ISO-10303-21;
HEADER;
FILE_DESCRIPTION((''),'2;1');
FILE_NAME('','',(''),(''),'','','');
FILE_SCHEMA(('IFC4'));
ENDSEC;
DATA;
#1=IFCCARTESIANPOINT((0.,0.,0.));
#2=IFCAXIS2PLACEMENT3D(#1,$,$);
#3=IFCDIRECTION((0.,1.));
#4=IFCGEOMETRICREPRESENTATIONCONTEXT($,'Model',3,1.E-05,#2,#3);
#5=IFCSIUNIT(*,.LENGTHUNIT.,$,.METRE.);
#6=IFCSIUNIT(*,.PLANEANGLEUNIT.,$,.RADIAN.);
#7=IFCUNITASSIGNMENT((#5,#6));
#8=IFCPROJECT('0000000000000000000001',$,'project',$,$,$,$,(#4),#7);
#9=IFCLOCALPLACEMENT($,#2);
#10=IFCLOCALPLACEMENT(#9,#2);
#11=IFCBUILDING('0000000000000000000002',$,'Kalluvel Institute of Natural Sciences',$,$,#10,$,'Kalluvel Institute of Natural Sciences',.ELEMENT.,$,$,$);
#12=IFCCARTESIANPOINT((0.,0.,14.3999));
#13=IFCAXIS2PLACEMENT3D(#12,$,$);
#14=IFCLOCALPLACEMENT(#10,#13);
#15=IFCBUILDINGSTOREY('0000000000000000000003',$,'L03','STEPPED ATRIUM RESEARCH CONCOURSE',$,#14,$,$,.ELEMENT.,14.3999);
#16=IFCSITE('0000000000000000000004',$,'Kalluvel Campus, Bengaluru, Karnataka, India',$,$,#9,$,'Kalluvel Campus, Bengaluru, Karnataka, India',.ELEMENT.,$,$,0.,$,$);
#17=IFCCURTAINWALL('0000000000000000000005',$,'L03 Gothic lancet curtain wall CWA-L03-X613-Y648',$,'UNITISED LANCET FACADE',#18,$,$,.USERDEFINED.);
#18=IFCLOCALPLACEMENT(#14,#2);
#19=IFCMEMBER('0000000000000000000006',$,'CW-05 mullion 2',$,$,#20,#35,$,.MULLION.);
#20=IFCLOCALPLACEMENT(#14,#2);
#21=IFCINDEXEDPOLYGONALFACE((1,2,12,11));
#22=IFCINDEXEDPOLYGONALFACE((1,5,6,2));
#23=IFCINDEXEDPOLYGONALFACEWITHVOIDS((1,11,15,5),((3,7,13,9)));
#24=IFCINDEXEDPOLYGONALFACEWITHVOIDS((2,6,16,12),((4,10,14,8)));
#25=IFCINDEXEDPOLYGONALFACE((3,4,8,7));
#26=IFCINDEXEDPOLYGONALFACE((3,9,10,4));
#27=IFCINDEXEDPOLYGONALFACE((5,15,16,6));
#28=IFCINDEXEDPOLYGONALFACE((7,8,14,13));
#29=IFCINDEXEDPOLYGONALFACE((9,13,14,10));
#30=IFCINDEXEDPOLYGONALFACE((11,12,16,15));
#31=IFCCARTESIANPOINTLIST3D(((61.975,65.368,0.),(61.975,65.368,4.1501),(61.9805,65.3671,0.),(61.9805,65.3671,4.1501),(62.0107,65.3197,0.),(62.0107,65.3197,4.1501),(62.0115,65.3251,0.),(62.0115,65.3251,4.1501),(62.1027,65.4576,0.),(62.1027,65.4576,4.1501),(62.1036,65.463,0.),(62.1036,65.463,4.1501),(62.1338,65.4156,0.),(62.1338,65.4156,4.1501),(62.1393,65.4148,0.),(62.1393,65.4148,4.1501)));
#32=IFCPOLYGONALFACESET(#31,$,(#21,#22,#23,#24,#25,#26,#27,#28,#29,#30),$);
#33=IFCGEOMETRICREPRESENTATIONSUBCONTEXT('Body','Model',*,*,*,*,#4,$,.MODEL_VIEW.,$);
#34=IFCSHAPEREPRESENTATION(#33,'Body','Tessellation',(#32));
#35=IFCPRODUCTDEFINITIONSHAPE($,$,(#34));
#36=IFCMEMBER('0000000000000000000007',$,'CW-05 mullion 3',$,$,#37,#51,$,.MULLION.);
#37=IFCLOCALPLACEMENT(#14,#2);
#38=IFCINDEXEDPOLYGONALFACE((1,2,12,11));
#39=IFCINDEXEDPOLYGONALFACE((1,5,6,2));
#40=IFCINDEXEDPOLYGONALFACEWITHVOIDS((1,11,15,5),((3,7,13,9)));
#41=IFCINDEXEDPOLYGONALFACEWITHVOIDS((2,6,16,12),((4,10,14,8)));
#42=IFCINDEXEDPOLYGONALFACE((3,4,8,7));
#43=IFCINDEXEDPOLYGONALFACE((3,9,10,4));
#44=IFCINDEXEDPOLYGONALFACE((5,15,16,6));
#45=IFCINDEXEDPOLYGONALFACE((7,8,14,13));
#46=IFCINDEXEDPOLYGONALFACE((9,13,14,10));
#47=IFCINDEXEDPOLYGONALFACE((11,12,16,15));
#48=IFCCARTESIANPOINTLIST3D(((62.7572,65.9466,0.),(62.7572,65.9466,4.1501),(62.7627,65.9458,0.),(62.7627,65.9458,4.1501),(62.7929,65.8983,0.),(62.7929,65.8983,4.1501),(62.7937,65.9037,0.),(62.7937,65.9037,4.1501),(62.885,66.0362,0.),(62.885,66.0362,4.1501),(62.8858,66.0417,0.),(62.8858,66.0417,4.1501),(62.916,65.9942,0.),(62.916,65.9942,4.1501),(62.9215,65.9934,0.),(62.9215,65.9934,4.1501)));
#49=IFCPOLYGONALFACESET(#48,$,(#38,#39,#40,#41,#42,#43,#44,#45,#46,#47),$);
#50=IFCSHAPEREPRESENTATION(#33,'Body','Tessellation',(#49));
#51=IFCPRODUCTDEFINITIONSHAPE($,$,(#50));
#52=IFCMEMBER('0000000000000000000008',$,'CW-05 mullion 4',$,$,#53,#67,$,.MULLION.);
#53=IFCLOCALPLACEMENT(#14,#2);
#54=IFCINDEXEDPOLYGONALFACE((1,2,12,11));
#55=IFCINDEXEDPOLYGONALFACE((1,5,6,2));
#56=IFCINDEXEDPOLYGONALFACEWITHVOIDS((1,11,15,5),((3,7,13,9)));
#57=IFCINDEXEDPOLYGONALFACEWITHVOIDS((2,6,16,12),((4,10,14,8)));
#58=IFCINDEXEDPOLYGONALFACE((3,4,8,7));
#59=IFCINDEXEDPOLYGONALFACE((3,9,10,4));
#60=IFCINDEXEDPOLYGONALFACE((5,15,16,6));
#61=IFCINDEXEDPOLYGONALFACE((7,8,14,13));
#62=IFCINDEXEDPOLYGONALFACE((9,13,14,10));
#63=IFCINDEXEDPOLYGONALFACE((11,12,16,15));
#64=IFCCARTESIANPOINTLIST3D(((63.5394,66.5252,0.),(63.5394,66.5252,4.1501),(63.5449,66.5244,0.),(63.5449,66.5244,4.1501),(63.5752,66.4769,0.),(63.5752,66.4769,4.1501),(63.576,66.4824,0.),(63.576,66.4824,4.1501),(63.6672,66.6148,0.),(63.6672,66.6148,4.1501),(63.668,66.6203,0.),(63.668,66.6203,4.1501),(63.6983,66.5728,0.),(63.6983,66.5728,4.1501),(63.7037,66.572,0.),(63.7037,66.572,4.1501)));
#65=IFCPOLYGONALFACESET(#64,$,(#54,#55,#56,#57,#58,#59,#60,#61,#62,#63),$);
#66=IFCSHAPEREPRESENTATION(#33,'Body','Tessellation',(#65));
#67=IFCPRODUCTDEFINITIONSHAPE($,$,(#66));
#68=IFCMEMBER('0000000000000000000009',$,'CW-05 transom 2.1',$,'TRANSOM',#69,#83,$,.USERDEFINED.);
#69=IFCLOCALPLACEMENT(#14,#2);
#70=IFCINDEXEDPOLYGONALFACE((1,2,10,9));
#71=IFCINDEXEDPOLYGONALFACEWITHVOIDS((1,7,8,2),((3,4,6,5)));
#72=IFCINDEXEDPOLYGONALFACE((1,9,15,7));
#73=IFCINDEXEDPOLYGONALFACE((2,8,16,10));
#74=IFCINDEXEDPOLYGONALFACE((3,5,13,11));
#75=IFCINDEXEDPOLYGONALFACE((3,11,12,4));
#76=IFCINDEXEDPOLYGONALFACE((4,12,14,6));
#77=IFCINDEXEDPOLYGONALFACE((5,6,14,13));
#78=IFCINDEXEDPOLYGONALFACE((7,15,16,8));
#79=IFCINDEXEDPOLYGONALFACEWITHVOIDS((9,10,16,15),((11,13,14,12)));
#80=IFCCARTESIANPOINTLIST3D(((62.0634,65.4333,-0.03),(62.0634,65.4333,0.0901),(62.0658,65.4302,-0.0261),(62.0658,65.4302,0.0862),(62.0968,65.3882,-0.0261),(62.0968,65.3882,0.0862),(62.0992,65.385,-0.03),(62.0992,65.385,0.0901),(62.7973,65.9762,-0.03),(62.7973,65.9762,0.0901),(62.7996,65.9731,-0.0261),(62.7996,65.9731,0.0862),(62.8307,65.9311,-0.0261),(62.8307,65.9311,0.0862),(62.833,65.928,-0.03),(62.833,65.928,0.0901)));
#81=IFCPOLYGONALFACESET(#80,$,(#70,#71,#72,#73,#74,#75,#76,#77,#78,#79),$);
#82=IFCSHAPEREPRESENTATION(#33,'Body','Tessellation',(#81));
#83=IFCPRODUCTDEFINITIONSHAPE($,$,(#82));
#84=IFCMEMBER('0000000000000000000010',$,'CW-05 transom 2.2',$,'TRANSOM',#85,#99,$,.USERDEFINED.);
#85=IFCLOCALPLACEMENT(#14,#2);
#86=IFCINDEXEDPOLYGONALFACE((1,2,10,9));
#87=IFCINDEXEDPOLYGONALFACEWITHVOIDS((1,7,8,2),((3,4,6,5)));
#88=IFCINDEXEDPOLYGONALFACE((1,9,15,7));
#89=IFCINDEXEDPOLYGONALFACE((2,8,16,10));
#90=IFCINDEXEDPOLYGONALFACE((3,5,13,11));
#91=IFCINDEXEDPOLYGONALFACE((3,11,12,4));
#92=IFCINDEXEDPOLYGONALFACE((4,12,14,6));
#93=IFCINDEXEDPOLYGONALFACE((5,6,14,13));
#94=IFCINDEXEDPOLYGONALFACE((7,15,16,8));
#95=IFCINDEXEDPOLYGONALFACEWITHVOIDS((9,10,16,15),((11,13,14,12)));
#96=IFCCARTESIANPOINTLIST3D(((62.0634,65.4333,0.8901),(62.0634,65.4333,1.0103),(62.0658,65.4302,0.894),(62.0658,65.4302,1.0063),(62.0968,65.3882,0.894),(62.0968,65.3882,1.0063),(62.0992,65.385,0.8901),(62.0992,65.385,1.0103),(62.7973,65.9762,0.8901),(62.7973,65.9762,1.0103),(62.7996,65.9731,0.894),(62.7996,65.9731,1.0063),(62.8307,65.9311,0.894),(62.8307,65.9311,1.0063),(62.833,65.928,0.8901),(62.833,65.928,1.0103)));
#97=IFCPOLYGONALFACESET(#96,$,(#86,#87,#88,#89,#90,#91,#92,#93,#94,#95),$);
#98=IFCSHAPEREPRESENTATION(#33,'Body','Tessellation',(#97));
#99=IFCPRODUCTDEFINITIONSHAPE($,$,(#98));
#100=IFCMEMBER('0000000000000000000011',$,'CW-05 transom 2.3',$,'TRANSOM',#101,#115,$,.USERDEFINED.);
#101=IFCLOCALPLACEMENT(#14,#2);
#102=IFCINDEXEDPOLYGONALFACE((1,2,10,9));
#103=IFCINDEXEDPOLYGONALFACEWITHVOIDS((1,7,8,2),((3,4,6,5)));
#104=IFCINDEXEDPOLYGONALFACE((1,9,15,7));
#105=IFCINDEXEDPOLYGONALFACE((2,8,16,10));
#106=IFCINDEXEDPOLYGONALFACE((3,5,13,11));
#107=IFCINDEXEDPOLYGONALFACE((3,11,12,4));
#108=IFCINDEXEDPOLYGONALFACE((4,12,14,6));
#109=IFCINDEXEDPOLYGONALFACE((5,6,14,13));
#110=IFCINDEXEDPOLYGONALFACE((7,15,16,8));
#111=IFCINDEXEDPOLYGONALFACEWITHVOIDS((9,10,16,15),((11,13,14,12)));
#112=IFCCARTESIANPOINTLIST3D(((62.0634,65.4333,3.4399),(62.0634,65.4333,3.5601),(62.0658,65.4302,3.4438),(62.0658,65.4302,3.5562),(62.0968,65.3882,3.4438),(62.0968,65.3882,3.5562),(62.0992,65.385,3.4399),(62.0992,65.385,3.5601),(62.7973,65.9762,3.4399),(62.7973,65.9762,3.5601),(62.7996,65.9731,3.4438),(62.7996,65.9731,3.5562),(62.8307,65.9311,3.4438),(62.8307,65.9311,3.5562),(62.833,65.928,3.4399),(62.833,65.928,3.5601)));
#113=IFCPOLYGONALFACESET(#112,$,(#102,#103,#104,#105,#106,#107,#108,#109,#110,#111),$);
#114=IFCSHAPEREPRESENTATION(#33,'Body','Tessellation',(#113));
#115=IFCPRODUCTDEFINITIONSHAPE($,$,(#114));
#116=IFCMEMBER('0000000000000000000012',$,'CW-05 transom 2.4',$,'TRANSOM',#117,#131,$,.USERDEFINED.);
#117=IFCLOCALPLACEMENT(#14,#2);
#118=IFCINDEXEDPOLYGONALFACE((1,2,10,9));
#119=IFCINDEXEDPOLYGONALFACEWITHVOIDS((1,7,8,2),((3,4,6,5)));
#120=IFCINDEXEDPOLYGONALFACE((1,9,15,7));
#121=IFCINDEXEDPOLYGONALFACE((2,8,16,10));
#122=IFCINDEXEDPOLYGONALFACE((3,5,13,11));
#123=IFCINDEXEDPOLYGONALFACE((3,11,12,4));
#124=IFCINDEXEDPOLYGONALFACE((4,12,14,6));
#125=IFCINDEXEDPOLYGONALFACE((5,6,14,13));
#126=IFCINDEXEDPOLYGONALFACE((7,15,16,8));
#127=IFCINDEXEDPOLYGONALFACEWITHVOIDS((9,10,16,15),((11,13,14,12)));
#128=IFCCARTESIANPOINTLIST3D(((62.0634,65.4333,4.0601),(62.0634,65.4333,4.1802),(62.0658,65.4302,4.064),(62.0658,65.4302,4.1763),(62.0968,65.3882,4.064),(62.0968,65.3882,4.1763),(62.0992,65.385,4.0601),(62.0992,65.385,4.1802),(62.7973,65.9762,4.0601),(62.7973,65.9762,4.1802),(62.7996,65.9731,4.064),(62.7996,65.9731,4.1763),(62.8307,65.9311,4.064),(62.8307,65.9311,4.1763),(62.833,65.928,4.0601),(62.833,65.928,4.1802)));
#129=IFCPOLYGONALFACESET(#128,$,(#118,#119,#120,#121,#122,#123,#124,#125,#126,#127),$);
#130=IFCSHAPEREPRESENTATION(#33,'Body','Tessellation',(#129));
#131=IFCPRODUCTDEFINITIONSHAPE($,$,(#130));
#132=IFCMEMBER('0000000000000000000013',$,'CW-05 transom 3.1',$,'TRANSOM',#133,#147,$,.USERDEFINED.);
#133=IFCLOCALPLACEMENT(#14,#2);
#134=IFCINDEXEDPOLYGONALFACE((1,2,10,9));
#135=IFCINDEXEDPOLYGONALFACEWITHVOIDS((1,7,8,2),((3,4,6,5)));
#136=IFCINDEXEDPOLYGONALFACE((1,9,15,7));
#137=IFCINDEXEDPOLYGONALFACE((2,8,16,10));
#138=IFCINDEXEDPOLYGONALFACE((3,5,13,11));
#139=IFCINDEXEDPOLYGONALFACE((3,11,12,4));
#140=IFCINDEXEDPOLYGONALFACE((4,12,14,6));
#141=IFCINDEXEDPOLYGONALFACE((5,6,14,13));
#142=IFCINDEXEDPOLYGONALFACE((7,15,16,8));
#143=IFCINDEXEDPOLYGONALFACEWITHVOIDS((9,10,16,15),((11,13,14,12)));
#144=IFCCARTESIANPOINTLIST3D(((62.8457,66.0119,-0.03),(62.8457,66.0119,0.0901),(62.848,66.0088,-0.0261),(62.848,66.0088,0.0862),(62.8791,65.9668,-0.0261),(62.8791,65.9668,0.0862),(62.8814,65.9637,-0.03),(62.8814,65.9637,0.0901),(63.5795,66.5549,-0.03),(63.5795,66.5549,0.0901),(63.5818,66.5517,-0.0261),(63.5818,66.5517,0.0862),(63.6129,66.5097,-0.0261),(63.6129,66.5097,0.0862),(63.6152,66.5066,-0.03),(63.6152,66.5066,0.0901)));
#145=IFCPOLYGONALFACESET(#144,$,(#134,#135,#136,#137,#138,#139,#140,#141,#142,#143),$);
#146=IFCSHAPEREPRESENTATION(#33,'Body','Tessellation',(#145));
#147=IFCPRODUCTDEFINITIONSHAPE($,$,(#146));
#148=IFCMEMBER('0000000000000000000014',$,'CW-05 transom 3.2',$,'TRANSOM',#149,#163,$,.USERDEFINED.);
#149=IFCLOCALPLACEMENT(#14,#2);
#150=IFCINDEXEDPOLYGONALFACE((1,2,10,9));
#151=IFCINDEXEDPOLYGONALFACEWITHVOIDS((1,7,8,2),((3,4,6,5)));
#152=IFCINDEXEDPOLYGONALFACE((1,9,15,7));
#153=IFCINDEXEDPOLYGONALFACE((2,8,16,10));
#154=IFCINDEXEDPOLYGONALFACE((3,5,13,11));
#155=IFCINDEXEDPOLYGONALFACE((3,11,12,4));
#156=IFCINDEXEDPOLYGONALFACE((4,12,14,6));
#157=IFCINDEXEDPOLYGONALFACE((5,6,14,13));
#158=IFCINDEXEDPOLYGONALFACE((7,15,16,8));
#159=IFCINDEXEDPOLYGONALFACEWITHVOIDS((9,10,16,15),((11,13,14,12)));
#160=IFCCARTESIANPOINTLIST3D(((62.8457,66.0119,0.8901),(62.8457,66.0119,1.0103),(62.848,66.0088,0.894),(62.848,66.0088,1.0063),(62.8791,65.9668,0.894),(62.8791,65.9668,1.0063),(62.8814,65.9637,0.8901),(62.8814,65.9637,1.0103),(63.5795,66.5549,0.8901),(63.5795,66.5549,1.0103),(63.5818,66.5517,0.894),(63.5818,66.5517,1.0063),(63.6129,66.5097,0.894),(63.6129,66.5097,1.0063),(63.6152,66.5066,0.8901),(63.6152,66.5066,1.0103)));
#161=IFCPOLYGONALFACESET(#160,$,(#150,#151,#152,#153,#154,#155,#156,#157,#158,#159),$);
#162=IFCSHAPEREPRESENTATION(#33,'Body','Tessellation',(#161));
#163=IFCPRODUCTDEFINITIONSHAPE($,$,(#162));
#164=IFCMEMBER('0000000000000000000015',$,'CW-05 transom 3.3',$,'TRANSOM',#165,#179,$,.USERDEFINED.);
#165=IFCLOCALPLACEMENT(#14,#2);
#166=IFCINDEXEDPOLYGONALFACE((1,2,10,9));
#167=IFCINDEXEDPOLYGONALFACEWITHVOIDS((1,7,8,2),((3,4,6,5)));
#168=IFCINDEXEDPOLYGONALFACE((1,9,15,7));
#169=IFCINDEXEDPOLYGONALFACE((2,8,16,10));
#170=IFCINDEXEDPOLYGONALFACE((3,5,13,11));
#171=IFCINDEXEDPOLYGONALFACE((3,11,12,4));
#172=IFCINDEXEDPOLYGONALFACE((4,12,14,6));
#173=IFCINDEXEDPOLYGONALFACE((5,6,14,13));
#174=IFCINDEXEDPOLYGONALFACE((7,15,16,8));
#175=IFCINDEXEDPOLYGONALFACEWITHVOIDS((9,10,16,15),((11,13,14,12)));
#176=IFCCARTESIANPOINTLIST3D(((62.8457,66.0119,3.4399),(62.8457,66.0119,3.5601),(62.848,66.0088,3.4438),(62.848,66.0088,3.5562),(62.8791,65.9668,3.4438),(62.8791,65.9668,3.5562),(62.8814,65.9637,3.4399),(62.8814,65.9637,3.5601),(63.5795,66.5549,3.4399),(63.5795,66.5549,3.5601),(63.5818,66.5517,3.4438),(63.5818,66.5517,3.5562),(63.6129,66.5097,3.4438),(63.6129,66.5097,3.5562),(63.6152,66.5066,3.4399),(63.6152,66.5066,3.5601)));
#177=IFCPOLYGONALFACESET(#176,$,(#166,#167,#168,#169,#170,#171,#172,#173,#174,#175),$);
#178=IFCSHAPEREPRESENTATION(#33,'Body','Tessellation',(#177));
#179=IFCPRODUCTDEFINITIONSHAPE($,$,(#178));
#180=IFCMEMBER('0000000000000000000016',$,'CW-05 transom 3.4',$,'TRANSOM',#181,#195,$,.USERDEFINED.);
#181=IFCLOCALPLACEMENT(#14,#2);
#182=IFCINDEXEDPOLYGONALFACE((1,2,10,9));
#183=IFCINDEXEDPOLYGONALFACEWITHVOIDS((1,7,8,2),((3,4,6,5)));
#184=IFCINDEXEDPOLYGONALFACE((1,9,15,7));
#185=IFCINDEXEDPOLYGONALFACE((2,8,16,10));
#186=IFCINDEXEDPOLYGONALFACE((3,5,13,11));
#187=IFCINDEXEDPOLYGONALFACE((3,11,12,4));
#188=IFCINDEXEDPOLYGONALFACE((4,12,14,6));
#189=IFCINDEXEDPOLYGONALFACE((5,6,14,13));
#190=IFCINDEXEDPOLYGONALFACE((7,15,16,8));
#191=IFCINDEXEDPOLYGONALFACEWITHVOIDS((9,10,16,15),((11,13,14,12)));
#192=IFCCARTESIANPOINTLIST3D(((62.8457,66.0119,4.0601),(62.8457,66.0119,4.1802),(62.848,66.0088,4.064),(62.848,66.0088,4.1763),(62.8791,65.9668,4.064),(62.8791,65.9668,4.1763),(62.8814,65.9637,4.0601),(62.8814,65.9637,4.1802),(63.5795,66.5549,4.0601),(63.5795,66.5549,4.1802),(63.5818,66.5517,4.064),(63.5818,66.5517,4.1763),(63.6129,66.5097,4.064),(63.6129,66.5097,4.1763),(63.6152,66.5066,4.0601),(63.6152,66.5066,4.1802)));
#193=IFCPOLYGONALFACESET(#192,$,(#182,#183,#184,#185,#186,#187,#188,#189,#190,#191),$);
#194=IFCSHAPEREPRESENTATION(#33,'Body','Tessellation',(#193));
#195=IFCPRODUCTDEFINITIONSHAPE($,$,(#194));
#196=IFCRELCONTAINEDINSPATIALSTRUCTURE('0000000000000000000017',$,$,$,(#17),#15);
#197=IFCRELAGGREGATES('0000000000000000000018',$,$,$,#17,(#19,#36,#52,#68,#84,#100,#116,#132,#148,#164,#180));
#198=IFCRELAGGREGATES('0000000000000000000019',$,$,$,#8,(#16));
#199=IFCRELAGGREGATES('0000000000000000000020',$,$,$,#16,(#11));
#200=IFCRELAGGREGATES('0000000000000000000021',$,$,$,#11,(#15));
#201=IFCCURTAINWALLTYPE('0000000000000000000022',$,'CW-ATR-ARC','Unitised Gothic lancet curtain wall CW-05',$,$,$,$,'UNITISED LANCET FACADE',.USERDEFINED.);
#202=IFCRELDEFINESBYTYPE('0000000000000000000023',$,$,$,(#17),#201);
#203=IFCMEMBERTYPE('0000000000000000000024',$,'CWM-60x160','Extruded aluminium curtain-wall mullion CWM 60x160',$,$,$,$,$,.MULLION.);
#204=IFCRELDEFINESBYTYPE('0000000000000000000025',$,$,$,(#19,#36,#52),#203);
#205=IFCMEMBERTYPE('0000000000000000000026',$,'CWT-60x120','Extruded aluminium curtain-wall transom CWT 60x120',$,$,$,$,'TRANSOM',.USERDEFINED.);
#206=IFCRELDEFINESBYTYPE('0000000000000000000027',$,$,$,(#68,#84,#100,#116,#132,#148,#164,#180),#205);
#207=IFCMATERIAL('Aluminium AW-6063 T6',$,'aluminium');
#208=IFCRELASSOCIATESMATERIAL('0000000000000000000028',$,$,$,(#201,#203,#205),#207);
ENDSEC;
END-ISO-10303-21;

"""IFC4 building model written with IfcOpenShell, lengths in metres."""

from ifc_helpers import new_model, si_unit, direction, frame, origin, origin_2d, place, context, subcontext, project, spatial, hollow_rectangle, extrude, material, material_profile, profile_set, type_object, element, aggregate, save


model = new_model("IFC4")

# Units and contexts
model_context = context("Model", 3, precision=1e-05, world=origin(), true_north=direction((0.0, 1.0)))
body_context = subcontext(model_context, "Body", "Model", "MODEL_VIEW")
ifc_project = project(units=[si_unit("LENGTHUNIT", "METRE"), si_unit("PLANEANGLEUNIT", "RADIAN")], contexts=[model_context])

# Site, building, storey
site_placement = place(None, origin())
site = spatial("IfcSite", under=ifc_project, at=site_placement, Name="Kalluvel Campus, Bengaluru, Karnataka, India", LongName="Kalluvel Campus, Bengaluru, Karnataka, India", CompositionType="ELEMENT", RefElevation=0.0)
building_placement = place(site_placement, origin())
building = spatial("IfcBuilding", under=site, at=building_placement, Name="Kalluvel Institute of Natural Sciences", LongName="Kalluvel Institute of Natural Sciences", CompositionType="ELEMENT")
storey_placement = place(building_placement, frame((0.0, 0.0, 14.3999)))
storey = spatial("IfcBuildingStorey", under=building, at=storey_placement, Name="L03", Description="STEPPED ATRIUM RESEARCH CONCOURSE", CompositionType="ELEMENT", Elevation=14.3999)

# Curtain wall, members
ifc_material_1 = material(Name="Aluminium AW-6063 T6", Category="aluminium")
curtain_wall_type = type_object("IfcCurtainWallType", Name="CW-ATR-ARC", Description="Unitised Gothic lancet curtain wall CW-05", ElementType="UNITISED LANCET FACADE", PredefinedType="USERDEFINED", material=ifc_material_1)
curtain_wall_placement = place(storey_placement, origin())
curtain_wall = element("IfcCurtainWall", 1, at=curtain_wall_placement, inside=storey, type_object=curtain_wall_type, Name="L03 Gothic lancet curtain wall CWA-L03-X613-Y648", ObjectType="UNITISED LANCET FACADE", PredefinedType="USERDEFINED")
ifc_material_profile_1 = material_profile(ifc_material_1, hollow_rectangle(XDim=0.0601, YDim=0.1599, WallThickness=0.0039, at=origin_2d()), Name="CWM 60x160")
ifc_profile_set_1 = profile_set([ifc_material_profile_1], Name="Aluminium AW-6063 T6")
member_type_1 = type_object("IfcMemberType", Name="CWM-60x160", Description="Extruded aluminium curtain-wall mullion CWM 60x160", PredefinedType="MULLION", material=ifc_profile_set_1)
member_1_placement = place(storey_placement, frame((62.0571, 65.3914, 0.0), z_axis=(0.0, 0.0, 1.0), x_axis=(-0.594638, 0.803993, 0.0)))
member_1 = element("IfcMember", 2, at=member_1_placement, type_object=member_type_1, Name="CW-05 mullion 2", PredefinedType="MULLION", context=body_context, shape_type="SweptSolid", body=[
    extrude(hollow_rectangle(XDim=0.0601, YDim=0.1599, WallThickness=0.0039, at=origin_2d()), origin(), (0.0, 0.0, 1.0), 4.1501),
])
member_2_placement = place(storey_placement, frame((62.8394, 65.97, 0.0), z_axis=(0.0, 0.0, 1.0), x_axis=(-0.594638, 0.803993, 0.0)))
member_2 = element("IfcMember", 3, at=member_2_placement, type_object=member_type_1, Name="CW-05 mullion 3", PredefinedType="MULLION", context=body_context, shape_type="SweptSolid", body=[
    extrude(hollow_rectangle(XDim=0.0601, YDim=0.1599, WallThickness=0.0039, at=origin_2d()), origin(), (0.0, 0.0, 1.0), 4.1501),
])
member_3_placement = place(storey_placement, frame((63.6216, 66.5486, 0.0), z_axis=(0.0, 0.0, 1.0), x_axis=(-0.594638, 0.803993, 0.0)))
member_3 = element("IfcMember", 4, at=member_3_placement, type_object=member_type_1, Name="CW-05 mullion 4", PredefinedType="MULLION", context=body_context, shape_type="SweptSolid", body=[
    extrude(hollow_rectangle(XDim=0.0601, YDim=0.1599, WallThickness=0.0039, at=origin_2d()), origin(), (0.0, 0.0, 1.0), 4.1501),
])
ifc_material_profile_2 = material_profile(ifc_material_1, hollow_rectangle(XDim=0.0601, YDim=0.1201, WallThickness=0.0039, at=origin_2d()), Name="CWT 60x120")
ifc_profile_set_2 = profile_set([ifc_material_profile_2], Name="Aluminium AW-6063 T6")
member_type_2 = type_object("IfcMemberType", Name="CWT-60x120", Description="Extruded aluminium curtain-wall transom CWT 60x120", ElementType="TRANSOM", PredefinedType="USERDEFINED", material=ifc_profile_set_2)
member_4_placement = place(storey_placement, frame((62.0813, 65.4092, 0.03), z_axis=(0.803898, 0.594767, 0.0), x_axis=(-0.594767, 0.803898, 0.0)))
member_4 = element("IfcMember", 5, at=member_4_placement, type_object=member_type_2, Name="CW-05 transom 2.1", ObjectType="TRANSOM", PredefinedType="USERDEFINED", context=body_context, shape_type="SweptSolid", body=[
    extrude(hollow_rectangle(XDim=0.0601, YDim=0.1201, WallThickness=0.0039, at=origin_2d()), origin(), (0.0, 0.0, 1.0), 0.9128),
])
member_5_placement = place(storey_placement, frame((62.0813, 65.4092, 0.9502), z_axis=(0.803898, 0.594767, 0.0), x_axis=(-0.594767, 0.803898, 0.0)))
member_5 = element("IfcMember", 6, at=member_5_placement, type_object=member_type_2, Name="CW-05 transom 2.2", ObjectType="TRANSOM", PredefinedType="USERDEFINED", context=body_context, shape_type="SweptSolid", body=[
    extrude(hollow_rectangle(XDim=0.0601, YDim=0.1201, WallThickness=0.0039, at=origin_2d()), origin(), (0.0, 0.0, 1.0), 0.9128),
])
member_6_placement = place(storey_placement, frame((62.0813, 65.4092, 3.5), z_axis=(0.803898, 0.594767, 0.0), x_axis=(-0.594767, 0.803898, 0.0)))
member_6 = element("IfcMember", 7, at=member_6_placement, type_object=member_type_2, Name="CW-05 transom 2.3", ObjectType="TRANSOM", PredefinedType="USERDEFINED", context=body_context, shape_type="SweptSolid", body=[
    extrude(hollow_rectangle(XDim=0.0601, YDim=0.1201, WallThickness=0.0039, at=origin_2d()), origin(), (0.0, 0.0, 1.0), 0.9128),
])
member_7_placement = place(storey_placement, frame((62.0813, 65.4092, 4.1201), z_axis=(0.803898, 0.594767, 0.0), x_axis=(-0.594767, 0.803898, 0.0)))
member_7 = element("IfcMember", 8, at=member_7_placement, type_object=member_type_2, Name="CW-05 transom 2.4", ObjectType="TRANSOM", PredefinedType="USERDEFINED", context=body_context, shape_type="SweptSolid", body=[
    extrude(hollow_rectangle(XDim=0.0601, YDim=0.1201, WallThickness=0.0039, at=origin_2d()), origin(), (0.0, 0.0, 1.0), 0.9128),
])
member_8_placement = place(storey_placement, frame((62.8635, 65.9878, 0.03), z_axis=(0.803898, 0.594767, 0.0), x_axis=(-0.594767, 0.803898, 0.0)))
member_8 = element("IfcMember", 9, at=member_8_placement, type_object=member_type_2, Name="CW-05 transom 3.1", ObjectType="TRANSOM", PredefinedType="USERDEFINED", context=body_context, shape_type="SweptSolid", body=[
    extrude(hollow_rectangle(XDim=0.0601, YDim=0.1201, WallThickness=0.0039, at=origin_2d()), origin(), (0.0, 0.0, 1.0), 0.9128),
])
member_9_placement = place(storey_placement, frame((62.8635, 65.9878, 0.9502), z_axis=(0.803898, 0.594767, 0.0), x_axis=(-0.594767, 0.803898, 0.0)))
member_9 = element("IfcMember", 10, at=member_9_placement, type_object=member_type_2, Name="CW-05 transom 3.2", ObjectType="TRANSOM", PredefinedType="USERDEFINED", context=body_context, shape_type="SweptSolid", body=[
    extrude(hollow_rectangle(XDim=0.0601, YDim=0.1201, WallThickness=0.0039, at=origin_2d()), origin(), (0.0, 0.0, 1.0), 0.9128),
])
member_10_placement = place(storey_placement, frame((62.8635, 65.9878, 3.5), z_axis=(0.803898, 0.594767, 0.0), x_axis=(-0.594767, 0.803898, 0.0)))
member_10 = element("IfcMember", 11, at=member_10_placement, type_object=member_type_2, Name="CW-05 transom 3.3", ObjectType="TRANSOM", PredefinedType="USERDEFINED", context=body_context, shape_type="SweptSolid", body=[
    extrude(hollow_rectangle(XDim=0.0601, YDim=0.1201, WallThickness=0.0039, at=origin_2d()), origin(), (0.0, 0.0, 1.0), 0.9128),
])
member_11_placement = place(storey_placement, frame((62.8635, 65.9878, 4.1201), z_axis=(0.803898, 0.594767, 0.0), x_axis=(-0.594767, 0.803898, 0.0)))
member_11 = element("IfcMember", 12, at=member_11_placement, type_object=member_type_2, Name="CW-05 transom 3.4", ObjectType="TRANSOM", PredefinedType="USERDEFINED", context=body_context, shape_type="SweptSolid", body=[
    extrude(hollow_rectangle(XDim=0.0601, YDim=0.1201, WallThickness=0.0039, at=origin_2d()), origin(), (0.0, 0.0, 1.0), 0.9128),
])
aggregate(curtain_wall, [member_1, member_2, member_3, member_4, member_5, member_6, member_7, member_8, member_9, member_10, member_11])

save(model, "model.ifc")
